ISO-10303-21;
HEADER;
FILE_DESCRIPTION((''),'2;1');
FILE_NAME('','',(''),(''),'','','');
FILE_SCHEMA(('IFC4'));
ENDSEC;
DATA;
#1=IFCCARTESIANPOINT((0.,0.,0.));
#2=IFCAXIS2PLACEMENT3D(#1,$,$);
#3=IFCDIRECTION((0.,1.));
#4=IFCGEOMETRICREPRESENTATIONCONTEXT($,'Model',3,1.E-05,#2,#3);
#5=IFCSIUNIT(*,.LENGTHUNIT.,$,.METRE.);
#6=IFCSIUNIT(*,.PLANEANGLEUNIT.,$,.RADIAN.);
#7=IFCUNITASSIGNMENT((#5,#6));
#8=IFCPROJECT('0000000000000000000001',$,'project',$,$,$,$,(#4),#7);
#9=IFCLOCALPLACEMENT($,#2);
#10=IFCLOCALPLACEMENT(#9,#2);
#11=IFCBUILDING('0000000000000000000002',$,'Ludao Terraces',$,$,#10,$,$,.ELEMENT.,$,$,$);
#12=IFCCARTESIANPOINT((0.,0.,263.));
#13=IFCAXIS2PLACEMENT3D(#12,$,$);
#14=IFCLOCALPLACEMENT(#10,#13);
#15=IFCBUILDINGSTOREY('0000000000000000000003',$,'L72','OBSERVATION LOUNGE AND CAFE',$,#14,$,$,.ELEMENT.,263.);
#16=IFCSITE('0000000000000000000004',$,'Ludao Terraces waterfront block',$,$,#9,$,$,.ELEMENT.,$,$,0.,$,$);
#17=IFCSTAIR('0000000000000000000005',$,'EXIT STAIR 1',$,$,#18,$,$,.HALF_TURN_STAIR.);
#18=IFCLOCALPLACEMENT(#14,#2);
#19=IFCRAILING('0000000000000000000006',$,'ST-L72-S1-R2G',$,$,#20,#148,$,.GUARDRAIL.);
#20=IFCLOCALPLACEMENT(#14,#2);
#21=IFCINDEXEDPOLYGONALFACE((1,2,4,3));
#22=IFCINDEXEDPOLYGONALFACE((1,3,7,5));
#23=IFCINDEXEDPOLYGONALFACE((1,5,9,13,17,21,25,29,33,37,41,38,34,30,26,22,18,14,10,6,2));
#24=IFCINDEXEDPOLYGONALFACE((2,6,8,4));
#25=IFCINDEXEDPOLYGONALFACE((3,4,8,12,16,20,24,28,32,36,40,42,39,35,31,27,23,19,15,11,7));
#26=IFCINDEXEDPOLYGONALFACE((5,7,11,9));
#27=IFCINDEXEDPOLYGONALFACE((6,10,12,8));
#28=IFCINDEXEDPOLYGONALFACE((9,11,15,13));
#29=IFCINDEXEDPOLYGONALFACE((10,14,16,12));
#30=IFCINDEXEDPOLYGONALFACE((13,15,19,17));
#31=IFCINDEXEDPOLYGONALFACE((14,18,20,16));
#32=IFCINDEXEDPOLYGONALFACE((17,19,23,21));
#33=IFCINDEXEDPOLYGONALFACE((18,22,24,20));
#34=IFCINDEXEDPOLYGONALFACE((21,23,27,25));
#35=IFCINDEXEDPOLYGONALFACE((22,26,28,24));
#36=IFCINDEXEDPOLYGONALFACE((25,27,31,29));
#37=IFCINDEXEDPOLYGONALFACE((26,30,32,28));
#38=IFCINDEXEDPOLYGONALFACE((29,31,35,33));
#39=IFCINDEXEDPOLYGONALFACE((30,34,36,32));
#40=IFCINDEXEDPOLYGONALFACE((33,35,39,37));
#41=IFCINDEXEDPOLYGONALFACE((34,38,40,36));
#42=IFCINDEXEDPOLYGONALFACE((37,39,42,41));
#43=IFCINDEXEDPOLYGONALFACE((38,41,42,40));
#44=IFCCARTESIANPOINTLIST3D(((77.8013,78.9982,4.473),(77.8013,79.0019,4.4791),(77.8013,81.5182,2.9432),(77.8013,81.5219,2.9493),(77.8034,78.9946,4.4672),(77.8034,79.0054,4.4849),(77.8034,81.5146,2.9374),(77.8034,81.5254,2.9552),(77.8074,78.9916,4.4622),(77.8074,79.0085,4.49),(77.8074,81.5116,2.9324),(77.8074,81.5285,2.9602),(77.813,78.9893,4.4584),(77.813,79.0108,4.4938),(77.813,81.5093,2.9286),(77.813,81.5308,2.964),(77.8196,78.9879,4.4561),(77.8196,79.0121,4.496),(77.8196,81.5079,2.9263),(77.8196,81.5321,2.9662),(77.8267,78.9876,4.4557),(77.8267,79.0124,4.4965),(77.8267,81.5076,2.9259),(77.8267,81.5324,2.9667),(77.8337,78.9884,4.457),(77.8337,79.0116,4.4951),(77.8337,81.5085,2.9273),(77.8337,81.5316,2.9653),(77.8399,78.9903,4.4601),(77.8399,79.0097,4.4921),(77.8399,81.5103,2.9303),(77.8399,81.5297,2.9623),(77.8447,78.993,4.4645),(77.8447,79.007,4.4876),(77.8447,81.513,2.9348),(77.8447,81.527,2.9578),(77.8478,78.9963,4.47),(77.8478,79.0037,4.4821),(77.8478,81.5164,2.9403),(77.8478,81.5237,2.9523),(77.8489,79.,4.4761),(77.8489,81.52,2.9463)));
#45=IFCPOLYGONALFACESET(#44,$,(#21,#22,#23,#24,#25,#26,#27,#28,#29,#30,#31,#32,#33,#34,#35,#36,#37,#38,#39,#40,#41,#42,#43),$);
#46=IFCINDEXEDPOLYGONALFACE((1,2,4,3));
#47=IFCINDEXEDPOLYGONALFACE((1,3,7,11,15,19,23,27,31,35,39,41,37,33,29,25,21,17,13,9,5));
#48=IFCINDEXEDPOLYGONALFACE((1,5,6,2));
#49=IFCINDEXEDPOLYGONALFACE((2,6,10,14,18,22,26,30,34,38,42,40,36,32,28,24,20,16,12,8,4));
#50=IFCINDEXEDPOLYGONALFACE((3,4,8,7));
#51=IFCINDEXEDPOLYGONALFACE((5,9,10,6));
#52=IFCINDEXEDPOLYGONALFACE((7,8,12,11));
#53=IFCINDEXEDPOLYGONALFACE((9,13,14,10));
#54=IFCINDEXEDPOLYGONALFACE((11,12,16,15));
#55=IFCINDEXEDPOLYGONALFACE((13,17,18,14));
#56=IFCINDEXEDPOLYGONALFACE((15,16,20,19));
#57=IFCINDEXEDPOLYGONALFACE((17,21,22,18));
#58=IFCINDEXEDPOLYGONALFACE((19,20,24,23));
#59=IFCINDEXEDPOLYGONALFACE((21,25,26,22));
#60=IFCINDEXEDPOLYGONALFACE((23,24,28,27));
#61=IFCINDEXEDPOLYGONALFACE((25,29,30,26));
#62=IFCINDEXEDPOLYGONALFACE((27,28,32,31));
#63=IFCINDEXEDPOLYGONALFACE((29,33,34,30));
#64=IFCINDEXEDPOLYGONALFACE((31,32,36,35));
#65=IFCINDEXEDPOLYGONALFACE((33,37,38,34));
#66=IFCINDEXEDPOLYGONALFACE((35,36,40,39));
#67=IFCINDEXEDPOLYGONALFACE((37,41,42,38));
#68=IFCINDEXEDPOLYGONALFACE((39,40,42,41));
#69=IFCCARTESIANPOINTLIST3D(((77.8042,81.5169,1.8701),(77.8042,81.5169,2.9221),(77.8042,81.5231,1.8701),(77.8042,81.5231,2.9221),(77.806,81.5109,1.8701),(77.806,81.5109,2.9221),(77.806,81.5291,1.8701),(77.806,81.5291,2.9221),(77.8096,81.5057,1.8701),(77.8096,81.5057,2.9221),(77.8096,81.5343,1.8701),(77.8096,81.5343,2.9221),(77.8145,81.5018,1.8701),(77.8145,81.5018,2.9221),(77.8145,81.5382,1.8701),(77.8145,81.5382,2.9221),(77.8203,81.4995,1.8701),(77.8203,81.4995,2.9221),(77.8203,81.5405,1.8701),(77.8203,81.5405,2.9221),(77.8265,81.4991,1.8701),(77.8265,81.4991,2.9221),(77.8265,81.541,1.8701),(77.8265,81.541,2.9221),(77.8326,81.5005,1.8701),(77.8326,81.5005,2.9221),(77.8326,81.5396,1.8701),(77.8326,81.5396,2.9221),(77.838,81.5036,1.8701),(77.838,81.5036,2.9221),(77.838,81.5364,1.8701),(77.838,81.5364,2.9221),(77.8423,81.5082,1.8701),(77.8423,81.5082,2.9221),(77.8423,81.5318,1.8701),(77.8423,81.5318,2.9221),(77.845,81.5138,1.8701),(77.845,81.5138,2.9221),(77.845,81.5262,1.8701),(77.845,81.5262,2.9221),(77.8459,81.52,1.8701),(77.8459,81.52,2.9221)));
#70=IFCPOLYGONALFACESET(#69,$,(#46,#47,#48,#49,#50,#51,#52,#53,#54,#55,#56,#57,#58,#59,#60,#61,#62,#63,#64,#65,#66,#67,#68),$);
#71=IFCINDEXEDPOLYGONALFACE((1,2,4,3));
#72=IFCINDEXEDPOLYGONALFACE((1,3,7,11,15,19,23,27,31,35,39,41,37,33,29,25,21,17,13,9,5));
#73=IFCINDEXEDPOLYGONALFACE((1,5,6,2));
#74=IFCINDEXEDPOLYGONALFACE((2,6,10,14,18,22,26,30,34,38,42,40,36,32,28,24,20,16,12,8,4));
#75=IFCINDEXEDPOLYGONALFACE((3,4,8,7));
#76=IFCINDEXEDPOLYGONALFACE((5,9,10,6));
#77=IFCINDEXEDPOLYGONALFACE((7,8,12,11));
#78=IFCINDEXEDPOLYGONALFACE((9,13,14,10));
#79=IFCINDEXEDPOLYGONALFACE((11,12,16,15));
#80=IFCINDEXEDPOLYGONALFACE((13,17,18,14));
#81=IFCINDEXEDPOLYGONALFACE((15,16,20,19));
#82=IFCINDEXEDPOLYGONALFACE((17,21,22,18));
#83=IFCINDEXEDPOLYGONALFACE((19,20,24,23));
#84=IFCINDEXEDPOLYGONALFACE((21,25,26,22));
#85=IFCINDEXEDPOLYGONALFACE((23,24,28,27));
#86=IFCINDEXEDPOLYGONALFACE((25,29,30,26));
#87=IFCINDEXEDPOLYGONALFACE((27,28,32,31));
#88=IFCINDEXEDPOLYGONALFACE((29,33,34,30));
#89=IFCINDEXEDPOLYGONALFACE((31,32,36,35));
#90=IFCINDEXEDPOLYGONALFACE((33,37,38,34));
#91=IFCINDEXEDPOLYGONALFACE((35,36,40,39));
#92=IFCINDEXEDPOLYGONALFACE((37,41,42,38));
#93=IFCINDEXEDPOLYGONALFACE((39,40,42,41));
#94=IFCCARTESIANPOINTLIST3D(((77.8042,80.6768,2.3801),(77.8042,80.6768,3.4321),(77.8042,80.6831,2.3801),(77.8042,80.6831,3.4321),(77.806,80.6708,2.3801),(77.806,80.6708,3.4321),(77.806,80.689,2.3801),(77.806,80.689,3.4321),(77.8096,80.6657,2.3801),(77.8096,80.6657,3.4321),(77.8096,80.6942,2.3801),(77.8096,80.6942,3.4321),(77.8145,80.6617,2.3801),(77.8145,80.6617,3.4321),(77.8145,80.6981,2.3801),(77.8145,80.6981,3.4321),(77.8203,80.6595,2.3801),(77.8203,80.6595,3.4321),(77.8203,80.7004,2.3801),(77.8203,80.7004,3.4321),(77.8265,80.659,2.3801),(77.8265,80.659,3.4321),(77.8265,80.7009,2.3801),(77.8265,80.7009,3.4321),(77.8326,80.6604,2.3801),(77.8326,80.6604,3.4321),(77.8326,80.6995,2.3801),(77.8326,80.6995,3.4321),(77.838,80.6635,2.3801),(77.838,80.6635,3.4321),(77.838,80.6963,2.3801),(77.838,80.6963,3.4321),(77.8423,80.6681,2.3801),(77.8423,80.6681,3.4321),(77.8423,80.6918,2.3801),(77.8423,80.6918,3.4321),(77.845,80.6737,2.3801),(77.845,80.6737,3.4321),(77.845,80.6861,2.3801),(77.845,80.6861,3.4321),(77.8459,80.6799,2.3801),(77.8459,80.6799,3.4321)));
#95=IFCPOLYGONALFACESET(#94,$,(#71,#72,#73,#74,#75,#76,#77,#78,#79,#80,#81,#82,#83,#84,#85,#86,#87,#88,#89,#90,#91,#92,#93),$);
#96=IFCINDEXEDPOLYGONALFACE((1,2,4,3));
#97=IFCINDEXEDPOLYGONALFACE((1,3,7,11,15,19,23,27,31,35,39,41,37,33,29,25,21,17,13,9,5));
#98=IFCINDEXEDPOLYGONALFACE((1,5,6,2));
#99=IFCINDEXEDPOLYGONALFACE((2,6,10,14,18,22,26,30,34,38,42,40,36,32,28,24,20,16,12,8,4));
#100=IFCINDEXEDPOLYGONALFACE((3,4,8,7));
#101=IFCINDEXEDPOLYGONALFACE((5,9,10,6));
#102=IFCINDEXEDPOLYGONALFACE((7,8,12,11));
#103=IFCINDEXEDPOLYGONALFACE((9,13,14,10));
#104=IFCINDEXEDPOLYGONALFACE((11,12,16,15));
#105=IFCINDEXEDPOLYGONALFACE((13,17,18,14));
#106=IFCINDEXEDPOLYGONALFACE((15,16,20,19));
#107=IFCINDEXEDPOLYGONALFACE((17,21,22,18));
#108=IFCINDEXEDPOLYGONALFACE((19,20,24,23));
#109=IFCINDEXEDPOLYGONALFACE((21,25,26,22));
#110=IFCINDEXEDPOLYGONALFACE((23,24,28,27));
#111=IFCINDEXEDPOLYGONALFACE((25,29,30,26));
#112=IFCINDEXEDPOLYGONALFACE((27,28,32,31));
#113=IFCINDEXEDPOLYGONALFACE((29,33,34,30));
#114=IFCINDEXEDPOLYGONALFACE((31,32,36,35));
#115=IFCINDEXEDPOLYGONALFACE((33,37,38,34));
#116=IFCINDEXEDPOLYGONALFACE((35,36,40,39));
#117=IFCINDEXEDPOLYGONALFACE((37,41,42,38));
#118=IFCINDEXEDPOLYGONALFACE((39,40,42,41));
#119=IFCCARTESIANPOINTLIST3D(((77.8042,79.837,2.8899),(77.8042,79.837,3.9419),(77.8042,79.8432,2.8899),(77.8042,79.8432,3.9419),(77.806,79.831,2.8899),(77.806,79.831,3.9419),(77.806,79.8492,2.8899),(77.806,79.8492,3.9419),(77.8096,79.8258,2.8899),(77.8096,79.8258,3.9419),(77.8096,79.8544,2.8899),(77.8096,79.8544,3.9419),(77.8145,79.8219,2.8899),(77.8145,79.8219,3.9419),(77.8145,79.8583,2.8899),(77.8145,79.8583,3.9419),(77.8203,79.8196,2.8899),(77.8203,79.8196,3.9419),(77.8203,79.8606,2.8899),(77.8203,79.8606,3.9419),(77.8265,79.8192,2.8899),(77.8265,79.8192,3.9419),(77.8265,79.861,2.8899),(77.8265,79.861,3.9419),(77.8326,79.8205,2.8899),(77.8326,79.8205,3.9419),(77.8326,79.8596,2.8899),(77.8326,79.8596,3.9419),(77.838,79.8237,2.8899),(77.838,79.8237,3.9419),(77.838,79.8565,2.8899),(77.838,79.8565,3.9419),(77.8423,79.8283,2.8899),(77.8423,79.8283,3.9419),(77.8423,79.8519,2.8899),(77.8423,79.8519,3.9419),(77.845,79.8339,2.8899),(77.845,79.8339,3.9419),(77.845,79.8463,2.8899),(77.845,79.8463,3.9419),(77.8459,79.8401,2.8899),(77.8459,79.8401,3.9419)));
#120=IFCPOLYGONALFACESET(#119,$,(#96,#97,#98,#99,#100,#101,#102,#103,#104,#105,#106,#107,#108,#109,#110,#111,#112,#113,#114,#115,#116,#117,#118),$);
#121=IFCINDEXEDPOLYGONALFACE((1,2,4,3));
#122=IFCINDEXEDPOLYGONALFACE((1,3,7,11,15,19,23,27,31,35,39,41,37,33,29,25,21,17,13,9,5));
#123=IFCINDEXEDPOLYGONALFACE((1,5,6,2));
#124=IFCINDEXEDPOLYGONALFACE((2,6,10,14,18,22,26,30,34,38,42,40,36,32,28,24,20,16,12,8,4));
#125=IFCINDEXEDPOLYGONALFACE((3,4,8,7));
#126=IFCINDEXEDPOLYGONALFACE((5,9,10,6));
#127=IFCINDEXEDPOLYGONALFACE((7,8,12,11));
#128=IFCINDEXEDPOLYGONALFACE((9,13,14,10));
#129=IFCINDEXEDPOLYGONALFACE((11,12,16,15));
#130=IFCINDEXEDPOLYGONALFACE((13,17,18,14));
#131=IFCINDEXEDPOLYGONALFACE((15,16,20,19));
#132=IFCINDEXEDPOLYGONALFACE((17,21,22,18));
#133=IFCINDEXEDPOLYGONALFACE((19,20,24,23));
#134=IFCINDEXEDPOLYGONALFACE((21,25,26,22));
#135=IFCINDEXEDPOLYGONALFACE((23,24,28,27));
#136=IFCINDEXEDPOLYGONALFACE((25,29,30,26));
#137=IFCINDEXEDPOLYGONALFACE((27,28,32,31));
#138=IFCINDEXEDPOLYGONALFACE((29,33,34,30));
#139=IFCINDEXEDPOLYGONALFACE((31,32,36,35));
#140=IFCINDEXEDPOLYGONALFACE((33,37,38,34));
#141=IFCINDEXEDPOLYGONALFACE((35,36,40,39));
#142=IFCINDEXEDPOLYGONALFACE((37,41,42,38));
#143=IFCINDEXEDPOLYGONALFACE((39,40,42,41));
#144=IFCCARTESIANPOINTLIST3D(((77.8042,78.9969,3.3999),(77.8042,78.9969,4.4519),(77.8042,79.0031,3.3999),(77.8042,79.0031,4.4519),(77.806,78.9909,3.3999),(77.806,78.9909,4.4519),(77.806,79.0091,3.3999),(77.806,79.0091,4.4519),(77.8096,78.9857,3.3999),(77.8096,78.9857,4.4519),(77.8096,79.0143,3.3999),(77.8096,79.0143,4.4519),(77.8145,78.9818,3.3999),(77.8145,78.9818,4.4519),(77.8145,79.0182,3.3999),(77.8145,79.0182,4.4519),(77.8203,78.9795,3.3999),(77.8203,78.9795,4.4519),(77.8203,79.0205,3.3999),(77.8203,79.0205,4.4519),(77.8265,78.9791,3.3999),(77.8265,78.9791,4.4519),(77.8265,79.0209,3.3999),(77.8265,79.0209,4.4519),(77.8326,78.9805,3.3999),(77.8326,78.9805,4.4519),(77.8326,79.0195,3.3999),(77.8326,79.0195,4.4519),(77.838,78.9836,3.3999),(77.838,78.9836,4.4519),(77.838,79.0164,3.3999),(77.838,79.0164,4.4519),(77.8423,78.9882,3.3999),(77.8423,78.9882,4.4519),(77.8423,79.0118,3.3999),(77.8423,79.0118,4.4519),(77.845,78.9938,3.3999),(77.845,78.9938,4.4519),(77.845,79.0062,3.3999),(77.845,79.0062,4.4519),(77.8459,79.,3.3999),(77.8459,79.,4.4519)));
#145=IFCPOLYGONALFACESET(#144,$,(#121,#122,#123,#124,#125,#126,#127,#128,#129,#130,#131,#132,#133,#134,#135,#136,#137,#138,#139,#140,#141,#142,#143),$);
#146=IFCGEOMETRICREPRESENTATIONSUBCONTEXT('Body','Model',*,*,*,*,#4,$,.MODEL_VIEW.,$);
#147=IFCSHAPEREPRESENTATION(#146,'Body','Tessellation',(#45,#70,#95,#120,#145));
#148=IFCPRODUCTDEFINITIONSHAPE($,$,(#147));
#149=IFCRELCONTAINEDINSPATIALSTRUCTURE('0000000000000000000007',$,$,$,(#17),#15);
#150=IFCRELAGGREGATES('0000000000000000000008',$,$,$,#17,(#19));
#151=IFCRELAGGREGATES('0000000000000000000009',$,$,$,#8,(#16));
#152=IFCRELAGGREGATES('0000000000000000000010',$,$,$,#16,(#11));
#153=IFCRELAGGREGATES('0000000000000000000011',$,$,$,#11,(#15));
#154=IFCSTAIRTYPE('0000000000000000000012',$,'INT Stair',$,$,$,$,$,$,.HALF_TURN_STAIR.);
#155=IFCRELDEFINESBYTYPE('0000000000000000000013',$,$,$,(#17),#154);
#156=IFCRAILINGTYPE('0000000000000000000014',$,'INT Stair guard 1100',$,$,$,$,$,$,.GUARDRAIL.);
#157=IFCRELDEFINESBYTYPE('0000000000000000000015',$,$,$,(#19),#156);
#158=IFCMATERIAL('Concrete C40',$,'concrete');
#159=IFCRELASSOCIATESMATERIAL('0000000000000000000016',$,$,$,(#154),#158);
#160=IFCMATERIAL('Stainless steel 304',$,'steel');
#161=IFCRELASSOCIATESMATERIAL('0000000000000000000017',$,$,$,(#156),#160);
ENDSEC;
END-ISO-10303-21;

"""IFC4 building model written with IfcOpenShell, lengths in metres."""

from ifc_helpers import new_model, si_unit, direction, frame, origin, origin_2d, place, context, subcontext, project, spatial, circle, extrude, material, type_object, element, aggregate, save


model = new_model("IFC4")

# Units and contexts
model_context = context("Model", 3, precision=1e-05, world=origin(), true_north=direction((0.0, 1.0)))
body_context = subcontext(model_context, "Body", "Model", "MODEL_VIEW")
ifc_project = project(units=[si_unit("LENGTHUNIT", "METRE"), si_unit("PLANEANGLEUNIT", "RADIAN")], contexts=[model_context])

# Site, building, storey
site_placement = place(None, origin())
site = spatial("IfcSite", under=ifc_project, at=site_placement, Name="Ludao Terraces waterfront block", CompositionType="ELEMENT", RefElevation=0.0)
building_placement = place(site_placement, origin())
building = spatial("IfcBuilding", under=site, at=building_placement, Name="Ludao Terraces", CompositionType="ELEMENT")
storey_placement = place(building_placement, frame((0.0, 0.0, 263.0)))
storey = spatial("IfcBuildingStorey", under=building, at=storey_placement, Name="L72", Description="OBSERVATION LOUNGE AND CAFE", CompositionType="ELEMENT", Elevation=263.0)

# Shared definitions
ifc_material_1 = material(Name="Stainless steel 304", Category="steel")

# Stair, railing
ifc_material_2 = material(Name="Concrete C40", Category="concrete")
stair_type = type_object("IfcStairType", Name="INT Stair", PredefinedType="HALF_TURN_STAIR", material=ifc_material_2)
stair_placement = place(storey_placement, origin())
stair = element("IfcStair", 1, at=stair_placement, inside=storey, type_object=stair_type, Name="EXIT STAIR 1", PredefinedType="HALF_TURN_STAIR")
railing_type_1 = type_object("IfcRailingType", Name="INT Stair guard 1100", PredefinedType="GUARDRAIL", material=ifc_material_1)
railing_1_placement = place(storey_placement, frame((77.825, 81.52, 1.8701)))
railing_1 = element("IfcRailing", 2, at=railing_1_placement, type_object=railing_type_1, Name="ST-L72-S1-R2G", PredefinedType="GUARDRAIL", context=body_context, shape_type="SweptSolid", body=[
    extrude(circle(Radius=0.0239, at=origin_2d()), frame((0.0, 0.0, 1.0762), z_axis=(0.0, -0.854822, 0.518922), x_axis=(1.0, 0.0, 0.0)), (0.0, 0.0, 1.0), 2.948),
    extrude(circle(Radius=0.021, at=origin_2d()), origin(), (0.0, 0.0, 1.0), 1.052),
    extrude(circle(Radius=0.021, at=origin_2d()), frame((0.0, -0.8401, 0.51)), (0.0, 0.0, 1.0), 1.052),
    extrude(circle(Radius=0.021, at=origin_2d()), frame((0.0, -1.6799, 1.0198)), (0.0, 0.0, 1.0), 1.052),
    extrude(circle(Radius=0.021, at=origin_2d()), frame((0.0, -2.52, 1.5298)), (0.0, 0.0, 1.0), 1.052),
])
aggregate(stair, [railing_1])

save(model, "model.ifc")
